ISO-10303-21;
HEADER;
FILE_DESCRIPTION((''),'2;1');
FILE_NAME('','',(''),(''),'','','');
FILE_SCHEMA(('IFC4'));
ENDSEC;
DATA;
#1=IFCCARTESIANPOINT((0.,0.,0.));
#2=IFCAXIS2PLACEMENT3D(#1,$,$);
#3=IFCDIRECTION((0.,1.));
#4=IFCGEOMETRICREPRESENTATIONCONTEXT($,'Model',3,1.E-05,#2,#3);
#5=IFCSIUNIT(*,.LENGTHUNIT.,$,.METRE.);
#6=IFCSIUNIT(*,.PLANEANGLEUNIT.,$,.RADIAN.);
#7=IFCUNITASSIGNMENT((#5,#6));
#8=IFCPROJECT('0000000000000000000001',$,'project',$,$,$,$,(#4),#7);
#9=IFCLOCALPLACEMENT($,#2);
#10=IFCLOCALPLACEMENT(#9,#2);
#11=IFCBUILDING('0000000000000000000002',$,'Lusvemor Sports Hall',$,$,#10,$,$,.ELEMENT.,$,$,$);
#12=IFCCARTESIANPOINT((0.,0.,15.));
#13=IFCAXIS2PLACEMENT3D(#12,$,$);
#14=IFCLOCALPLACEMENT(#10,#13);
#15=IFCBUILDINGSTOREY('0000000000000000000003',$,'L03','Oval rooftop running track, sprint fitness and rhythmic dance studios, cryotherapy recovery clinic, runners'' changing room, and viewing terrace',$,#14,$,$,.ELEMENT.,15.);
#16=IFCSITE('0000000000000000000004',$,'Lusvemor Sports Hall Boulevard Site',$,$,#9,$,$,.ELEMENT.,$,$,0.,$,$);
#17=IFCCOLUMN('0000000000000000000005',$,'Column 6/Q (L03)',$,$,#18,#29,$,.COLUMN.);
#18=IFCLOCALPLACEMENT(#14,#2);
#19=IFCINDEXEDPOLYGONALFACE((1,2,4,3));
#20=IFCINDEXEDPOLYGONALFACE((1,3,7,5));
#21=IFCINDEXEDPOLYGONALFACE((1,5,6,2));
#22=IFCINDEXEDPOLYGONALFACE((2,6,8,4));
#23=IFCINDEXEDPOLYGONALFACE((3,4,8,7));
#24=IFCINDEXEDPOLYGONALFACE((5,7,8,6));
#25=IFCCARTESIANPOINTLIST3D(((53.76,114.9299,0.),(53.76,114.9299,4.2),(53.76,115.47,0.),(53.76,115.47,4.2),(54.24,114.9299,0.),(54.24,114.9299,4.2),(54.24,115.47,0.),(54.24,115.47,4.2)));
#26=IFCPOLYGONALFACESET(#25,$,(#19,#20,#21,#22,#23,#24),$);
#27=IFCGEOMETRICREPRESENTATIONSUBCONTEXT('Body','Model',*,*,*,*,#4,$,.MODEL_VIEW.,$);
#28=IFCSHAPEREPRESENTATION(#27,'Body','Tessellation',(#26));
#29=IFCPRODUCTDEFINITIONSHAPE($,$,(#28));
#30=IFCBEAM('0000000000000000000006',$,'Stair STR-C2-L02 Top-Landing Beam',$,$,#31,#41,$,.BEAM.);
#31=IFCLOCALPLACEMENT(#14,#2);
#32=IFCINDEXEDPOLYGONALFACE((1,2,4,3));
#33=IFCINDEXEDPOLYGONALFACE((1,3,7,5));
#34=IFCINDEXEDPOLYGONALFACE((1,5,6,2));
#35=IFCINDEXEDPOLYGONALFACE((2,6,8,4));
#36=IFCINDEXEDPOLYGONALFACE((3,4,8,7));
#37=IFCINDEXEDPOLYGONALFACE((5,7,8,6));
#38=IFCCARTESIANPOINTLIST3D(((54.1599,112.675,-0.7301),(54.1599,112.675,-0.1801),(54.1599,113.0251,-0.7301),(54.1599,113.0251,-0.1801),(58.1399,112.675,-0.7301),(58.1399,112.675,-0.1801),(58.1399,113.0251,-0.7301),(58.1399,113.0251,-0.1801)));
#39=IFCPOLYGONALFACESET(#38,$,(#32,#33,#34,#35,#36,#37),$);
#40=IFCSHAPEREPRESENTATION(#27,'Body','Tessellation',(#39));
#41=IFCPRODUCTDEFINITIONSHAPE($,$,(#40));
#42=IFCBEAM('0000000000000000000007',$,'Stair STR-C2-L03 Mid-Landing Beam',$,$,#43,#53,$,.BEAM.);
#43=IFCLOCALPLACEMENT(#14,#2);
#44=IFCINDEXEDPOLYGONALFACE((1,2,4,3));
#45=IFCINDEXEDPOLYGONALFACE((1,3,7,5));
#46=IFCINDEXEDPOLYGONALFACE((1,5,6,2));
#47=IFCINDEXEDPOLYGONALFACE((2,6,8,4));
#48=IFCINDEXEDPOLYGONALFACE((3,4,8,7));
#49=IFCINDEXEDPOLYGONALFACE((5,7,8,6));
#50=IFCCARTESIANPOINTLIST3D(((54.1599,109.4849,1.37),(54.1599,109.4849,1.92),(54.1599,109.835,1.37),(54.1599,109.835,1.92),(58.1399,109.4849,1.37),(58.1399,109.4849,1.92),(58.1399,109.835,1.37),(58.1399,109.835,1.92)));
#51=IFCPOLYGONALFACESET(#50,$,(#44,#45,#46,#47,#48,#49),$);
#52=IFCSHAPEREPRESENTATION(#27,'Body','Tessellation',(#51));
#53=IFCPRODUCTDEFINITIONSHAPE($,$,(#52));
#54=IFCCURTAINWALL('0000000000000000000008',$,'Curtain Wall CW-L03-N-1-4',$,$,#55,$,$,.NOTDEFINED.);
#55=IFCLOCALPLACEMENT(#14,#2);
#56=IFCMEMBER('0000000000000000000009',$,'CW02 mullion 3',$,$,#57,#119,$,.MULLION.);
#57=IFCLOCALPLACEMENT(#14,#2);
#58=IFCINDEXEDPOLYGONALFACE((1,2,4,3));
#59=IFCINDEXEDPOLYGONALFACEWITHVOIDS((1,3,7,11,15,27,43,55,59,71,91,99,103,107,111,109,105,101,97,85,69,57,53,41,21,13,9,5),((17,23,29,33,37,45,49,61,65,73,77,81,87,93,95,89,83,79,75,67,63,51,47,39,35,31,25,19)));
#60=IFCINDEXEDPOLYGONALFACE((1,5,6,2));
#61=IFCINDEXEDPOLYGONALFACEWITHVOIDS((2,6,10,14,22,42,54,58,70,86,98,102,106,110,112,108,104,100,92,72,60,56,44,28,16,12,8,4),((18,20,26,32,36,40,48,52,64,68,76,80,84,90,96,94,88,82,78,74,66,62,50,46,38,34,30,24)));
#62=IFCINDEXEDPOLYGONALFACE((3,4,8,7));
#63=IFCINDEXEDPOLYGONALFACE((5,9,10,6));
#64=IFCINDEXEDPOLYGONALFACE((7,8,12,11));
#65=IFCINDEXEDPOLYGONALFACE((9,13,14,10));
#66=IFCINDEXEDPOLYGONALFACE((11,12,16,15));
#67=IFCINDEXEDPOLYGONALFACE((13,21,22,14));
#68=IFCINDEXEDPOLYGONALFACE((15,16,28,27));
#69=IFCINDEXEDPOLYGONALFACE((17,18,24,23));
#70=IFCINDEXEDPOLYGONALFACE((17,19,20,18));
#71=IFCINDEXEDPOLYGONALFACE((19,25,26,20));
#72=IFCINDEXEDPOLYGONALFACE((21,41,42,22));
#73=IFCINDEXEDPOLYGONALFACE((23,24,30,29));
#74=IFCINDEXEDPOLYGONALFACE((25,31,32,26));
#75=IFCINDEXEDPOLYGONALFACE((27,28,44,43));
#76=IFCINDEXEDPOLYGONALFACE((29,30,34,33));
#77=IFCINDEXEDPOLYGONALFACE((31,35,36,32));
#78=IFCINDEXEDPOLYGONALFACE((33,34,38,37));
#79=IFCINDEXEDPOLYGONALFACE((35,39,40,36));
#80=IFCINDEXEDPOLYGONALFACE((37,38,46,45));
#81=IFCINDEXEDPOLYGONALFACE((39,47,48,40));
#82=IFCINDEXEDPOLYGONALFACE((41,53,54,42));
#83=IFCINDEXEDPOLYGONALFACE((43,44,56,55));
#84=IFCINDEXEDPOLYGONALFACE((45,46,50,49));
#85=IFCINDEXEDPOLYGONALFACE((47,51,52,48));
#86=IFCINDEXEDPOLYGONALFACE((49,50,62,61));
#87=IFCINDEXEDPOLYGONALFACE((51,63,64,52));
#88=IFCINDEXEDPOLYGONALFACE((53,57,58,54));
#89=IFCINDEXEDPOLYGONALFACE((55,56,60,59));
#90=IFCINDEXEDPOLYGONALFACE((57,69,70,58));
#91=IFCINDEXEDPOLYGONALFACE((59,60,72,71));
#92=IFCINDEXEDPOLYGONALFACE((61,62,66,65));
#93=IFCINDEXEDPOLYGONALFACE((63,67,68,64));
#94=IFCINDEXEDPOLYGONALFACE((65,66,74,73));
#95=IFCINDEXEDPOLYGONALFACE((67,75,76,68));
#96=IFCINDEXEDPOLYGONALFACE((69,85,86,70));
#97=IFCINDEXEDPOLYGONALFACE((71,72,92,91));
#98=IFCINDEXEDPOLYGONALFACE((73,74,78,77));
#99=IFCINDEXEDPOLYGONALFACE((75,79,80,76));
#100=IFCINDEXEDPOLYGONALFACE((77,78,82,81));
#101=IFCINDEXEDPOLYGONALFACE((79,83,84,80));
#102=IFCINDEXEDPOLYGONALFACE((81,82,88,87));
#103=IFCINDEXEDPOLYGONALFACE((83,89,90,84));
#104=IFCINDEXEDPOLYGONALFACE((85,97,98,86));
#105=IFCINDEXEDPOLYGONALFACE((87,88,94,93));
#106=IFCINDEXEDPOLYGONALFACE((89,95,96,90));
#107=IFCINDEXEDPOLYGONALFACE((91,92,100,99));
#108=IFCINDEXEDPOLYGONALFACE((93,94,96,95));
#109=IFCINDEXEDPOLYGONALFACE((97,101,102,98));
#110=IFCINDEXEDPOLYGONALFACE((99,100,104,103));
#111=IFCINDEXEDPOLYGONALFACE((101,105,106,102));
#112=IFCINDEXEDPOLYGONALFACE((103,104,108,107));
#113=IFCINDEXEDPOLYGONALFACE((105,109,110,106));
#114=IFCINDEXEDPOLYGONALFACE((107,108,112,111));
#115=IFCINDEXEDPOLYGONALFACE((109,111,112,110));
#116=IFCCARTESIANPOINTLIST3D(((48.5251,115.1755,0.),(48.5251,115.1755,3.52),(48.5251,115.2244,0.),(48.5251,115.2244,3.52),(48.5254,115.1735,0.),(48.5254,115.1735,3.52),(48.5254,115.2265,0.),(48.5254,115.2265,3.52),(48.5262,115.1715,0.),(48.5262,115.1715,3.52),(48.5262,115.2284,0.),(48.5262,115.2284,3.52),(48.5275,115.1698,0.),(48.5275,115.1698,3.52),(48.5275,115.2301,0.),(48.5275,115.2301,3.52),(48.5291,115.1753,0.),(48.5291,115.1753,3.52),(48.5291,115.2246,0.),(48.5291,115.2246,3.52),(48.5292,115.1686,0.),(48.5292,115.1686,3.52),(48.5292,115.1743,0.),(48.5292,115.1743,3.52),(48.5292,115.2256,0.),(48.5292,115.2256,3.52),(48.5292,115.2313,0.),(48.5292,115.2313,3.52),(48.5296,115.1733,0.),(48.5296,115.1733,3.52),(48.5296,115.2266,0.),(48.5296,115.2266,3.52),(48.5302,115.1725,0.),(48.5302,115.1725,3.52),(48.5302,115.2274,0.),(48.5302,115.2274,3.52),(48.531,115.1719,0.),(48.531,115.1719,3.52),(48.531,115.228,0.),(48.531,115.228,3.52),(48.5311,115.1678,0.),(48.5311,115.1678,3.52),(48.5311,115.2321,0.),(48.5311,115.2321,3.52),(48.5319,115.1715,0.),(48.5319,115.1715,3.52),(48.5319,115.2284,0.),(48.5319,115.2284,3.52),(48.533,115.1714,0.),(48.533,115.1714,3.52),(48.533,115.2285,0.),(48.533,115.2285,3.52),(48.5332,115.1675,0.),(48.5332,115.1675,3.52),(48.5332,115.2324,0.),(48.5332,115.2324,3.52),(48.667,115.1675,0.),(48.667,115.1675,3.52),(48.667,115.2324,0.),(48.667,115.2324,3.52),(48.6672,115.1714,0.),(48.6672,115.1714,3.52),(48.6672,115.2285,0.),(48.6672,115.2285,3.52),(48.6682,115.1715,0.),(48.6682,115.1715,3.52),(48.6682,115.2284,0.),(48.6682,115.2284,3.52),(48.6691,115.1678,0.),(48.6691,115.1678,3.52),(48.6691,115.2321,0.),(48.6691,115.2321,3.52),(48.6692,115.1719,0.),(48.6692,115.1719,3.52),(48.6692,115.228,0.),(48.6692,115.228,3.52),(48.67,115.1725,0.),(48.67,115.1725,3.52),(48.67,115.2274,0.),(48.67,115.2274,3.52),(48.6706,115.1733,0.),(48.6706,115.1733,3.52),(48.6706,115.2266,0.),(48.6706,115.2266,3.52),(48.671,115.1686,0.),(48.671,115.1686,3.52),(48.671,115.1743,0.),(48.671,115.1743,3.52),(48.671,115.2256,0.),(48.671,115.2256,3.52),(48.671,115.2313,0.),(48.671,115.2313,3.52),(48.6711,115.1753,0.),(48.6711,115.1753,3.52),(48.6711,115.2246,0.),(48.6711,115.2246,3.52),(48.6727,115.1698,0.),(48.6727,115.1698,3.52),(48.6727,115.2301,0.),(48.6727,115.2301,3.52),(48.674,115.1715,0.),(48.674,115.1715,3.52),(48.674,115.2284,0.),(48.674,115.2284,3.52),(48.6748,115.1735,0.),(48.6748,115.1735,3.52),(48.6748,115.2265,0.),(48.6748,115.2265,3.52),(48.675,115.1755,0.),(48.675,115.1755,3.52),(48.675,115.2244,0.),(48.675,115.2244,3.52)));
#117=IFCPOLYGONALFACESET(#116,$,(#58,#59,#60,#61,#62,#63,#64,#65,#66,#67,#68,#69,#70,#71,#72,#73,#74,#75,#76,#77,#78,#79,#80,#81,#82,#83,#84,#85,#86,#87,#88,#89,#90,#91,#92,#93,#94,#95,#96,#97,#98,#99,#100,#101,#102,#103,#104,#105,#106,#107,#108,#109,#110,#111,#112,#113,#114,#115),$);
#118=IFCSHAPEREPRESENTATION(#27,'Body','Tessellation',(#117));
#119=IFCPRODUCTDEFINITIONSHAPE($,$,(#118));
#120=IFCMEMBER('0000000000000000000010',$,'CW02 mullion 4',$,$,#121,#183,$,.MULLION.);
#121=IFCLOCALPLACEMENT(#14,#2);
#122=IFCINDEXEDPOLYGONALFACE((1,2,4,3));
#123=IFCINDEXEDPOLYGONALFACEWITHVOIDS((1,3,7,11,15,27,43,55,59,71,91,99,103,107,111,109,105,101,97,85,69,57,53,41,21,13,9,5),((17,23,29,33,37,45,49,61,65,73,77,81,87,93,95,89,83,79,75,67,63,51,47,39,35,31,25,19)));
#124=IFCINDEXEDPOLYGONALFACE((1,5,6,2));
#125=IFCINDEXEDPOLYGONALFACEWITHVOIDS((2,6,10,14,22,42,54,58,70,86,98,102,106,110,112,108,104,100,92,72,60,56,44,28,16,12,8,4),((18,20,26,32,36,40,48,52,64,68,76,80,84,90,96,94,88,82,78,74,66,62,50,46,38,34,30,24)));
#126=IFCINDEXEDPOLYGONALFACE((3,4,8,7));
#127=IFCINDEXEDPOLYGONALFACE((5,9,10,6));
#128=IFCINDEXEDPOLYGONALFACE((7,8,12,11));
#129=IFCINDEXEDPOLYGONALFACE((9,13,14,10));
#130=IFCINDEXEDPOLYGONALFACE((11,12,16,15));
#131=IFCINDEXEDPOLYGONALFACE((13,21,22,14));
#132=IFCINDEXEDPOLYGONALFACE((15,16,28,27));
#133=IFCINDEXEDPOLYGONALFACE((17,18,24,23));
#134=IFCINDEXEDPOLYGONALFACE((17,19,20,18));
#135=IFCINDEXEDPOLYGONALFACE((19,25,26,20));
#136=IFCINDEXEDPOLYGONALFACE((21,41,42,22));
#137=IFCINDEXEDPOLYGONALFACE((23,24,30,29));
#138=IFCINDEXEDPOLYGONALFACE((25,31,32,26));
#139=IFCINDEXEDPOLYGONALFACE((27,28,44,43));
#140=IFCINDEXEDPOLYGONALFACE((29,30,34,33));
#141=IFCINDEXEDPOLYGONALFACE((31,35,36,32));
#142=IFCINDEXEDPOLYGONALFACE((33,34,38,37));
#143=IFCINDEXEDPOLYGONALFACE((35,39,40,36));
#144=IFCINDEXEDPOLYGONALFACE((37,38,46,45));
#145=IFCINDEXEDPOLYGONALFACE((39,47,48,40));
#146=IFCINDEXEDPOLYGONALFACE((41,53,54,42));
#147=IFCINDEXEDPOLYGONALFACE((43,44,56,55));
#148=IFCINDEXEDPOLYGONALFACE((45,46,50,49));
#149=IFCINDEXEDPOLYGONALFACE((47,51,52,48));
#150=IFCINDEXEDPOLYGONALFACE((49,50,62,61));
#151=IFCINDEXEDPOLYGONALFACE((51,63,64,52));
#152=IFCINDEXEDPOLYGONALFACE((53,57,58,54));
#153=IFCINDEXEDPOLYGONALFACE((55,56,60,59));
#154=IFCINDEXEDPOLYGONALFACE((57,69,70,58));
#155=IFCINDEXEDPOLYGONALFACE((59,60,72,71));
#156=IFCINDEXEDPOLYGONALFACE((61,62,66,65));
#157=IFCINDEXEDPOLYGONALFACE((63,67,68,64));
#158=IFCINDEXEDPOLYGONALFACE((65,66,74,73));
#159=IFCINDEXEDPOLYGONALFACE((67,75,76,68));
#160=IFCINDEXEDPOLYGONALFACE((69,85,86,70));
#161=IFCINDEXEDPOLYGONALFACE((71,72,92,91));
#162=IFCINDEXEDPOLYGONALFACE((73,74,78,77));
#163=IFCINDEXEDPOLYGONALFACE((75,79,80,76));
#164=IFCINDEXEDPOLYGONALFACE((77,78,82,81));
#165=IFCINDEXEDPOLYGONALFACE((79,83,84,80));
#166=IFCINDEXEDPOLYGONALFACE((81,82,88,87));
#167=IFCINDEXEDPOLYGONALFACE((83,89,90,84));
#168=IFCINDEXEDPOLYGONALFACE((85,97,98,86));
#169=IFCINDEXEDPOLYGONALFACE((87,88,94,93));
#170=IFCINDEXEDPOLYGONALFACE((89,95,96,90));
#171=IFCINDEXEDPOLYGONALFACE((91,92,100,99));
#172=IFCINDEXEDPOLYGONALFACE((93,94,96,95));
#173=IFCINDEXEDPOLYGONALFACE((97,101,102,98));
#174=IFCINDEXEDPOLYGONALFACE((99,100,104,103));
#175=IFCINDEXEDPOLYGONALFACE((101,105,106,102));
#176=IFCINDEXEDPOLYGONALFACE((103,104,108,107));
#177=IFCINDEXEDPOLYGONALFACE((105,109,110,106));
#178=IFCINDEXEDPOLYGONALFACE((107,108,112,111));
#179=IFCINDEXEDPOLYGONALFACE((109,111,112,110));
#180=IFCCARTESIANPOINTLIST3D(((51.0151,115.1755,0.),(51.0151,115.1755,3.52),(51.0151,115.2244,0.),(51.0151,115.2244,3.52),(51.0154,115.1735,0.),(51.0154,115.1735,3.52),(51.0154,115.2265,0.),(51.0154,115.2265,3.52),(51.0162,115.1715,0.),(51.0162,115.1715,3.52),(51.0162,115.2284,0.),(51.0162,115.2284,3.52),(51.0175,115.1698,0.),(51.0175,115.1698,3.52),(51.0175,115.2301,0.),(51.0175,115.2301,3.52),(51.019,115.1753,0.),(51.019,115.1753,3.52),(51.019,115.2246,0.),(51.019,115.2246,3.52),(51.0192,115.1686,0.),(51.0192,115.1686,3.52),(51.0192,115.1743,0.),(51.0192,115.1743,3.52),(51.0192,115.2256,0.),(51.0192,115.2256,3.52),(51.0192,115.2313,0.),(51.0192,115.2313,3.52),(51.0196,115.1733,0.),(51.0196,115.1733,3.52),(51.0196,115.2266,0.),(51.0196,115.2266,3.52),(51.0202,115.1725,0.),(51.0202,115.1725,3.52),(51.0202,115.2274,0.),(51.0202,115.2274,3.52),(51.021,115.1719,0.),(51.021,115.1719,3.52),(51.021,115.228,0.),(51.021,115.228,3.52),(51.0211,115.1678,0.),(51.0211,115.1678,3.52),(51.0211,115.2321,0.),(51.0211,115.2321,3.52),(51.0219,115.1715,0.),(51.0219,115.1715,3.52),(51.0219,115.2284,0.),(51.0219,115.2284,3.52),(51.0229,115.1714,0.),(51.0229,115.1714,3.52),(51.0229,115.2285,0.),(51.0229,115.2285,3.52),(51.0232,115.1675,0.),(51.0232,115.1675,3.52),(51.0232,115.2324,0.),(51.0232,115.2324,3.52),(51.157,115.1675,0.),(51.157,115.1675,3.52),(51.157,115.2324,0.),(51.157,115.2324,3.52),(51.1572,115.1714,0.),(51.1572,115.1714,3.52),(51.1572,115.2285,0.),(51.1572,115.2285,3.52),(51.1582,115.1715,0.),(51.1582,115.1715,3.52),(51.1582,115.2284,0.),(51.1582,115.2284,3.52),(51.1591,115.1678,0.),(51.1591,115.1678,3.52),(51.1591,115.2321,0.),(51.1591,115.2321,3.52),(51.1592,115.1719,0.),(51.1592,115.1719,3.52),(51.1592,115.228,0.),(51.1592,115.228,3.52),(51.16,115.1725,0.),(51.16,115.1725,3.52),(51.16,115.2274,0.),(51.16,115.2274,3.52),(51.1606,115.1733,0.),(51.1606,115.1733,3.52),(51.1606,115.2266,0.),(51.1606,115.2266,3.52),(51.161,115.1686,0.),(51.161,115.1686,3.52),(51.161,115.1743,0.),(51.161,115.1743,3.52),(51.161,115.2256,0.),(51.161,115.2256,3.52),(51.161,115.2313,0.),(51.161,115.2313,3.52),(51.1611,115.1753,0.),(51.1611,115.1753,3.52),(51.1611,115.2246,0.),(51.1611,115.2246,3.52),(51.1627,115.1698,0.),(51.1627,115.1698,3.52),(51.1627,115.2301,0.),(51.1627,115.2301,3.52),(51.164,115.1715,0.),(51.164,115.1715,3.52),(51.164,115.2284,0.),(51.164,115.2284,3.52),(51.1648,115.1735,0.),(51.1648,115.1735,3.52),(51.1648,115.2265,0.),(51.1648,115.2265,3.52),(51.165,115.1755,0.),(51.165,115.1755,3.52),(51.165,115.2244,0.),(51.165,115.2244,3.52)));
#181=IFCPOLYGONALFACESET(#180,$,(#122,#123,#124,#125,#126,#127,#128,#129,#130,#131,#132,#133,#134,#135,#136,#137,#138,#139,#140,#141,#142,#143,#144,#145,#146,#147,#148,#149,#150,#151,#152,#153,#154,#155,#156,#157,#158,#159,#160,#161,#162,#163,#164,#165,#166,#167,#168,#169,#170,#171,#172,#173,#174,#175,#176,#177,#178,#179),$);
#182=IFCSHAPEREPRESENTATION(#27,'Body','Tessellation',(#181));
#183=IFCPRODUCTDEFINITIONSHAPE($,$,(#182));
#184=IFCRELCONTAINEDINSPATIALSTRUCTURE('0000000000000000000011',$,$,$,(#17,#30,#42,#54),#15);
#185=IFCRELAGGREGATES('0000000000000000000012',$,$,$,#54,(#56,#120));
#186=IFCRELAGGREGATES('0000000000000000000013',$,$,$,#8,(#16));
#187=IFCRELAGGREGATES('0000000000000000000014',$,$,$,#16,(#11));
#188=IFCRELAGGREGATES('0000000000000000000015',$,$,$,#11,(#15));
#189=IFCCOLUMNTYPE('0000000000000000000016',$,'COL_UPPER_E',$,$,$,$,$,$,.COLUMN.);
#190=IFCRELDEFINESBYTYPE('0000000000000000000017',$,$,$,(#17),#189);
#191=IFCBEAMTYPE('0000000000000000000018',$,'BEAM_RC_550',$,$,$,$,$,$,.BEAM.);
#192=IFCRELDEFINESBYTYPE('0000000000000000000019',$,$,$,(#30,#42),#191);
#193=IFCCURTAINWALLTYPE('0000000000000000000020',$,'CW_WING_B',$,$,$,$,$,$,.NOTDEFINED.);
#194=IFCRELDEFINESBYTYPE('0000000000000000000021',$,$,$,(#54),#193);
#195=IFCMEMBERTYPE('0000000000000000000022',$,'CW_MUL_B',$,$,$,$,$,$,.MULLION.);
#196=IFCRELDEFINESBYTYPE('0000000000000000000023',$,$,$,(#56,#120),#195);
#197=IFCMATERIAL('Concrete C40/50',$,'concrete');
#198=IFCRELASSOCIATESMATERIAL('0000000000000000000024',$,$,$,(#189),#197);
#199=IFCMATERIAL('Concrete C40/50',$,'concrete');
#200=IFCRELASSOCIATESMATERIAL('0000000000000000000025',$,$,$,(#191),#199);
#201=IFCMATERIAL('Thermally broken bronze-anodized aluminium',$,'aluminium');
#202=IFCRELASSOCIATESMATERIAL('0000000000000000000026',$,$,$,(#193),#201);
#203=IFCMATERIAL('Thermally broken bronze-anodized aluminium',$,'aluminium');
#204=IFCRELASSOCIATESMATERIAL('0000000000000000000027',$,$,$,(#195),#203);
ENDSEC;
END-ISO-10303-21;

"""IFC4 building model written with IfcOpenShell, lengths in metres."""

from ifc_helpers import new_model, si_unit, direction, frame, origin, origin_2d, place, context, subcontext, project, spatial, rectangle, hollow_rectangle, extrude, material, material_profile, profile_set, type_object, element, aggregate, save


model = new_model("IFC4")

# Units and contexts
model_context = context("Model", 3, precision=1e-05, world=origin(), true_north=direction((0.0, 1.0)))
body_context = subcontext(model_context, "Body", "Model", "MODEL_VIEW")
ifc_project = project(units=[si_unit("LENGTHUNIT", "METRE"), si_unit("PLANEANGLEUNIT", "RADIAN")], contexts=[model_context])

# Site, building, storey
site_placement = place(None, origin())
site = spatial("IfcSite", under=ifc_project, at=site_placement, Name="Lusvemor Sports Hall Boulevard Site", CompositionType="ELEMENT", RefElevation=0.0)
building_placement = place(site_placement, origin())
building = spatial("IfcBuilding", under=site, at=building_placement, Name="Lusvemor Sports Hall", CompositionType="ELEMENT")
storey_placement = place(building_placement, frame((0.0, 0.0, 15.0)))
storey = spatial("IfcBuildingStorey", under=building, at=storey_placement, Name="L03", Description="Oval rooftop running track, sprint fitness and rhythmic dance studios, cryotherapy recovery clinic, runners' changing room, and viewing terrace", CompositionType="ELEMENT", Elevation=15.0)

# Column
ifc_material_1 = material(Name="Concrete C40/50", Category="concrete")
ifc_material_profile_1 = material_profile(ifc_material_1, rectangle(XDim=0.48, YDim=0.54, at=origin_2d()), Name="RC480x540")
ifc_profile_set_1 = profile_set([ifc_material_profile_1], Name="Concrete C40/50")
column_type = type_object("IfcColumnType", Name="COL_UPPER_E", PredefinedType="COLUMN", material=ifc_profile_set_1)
column_placement = place(storey_placement, frame((54.0, 115.2, 0.0), z_axis=(0.0, 0.0, 1.0), x_axis=(1.0, 0.0, 0.0)))
element("IfcColumn", 1, at=column_placement, inside=storey, type_object=column_type, Name="Column 6/Q (L03)", PredefinedType="COLUMN", context=body_context, shape_type="SweptSolid", body=[
    extrude(rectangle(XDim=0.48, YDim=0.54, at=origin_2d()), origin(), (0.0, 0.0, 1.0), 4.2),
])

# Beams
ifc_material_2 = material(Name="Concrete C40/50", Category="concrete")
ifc_material_profile_2 = material_profile(ifc_material_2, rectangle(XDim=0.3501, YDim=0.55, at=origin_2d()), Name="RC350x550")
ifc_profile_set_2 = profile_set([ifc_material_profile_2], Name="Concrete C40/50")
beam_type_1 = type_object("IfcBeamType", Name="BEAM_RC_550", PredefinedType="BEAM", material=ifc_profile_set_2)
for number, where, z_axis, x_axis, name in (
    (2, (54.1599, 112.8501, -0.4551), (1.0, 0.0, 0.0), (0.0, 1.0, 0.0), "Stair STR-C2-L02 Top-Landing Beam"),
    (3, (54.1599, 109.6599, 1.645), (1.0, 0.0, 0.0), (0.0, 1.0, 0.0), "Stair STR-C2-L03 Mid-Landing Beam"),
):
    element("IfcBeam", number, at=place(storey_placement, frame(where, z_axis=z_axis, x_axis=x_axis)), inside=storey, type_object=beam_type_1, Name=name, PredefinedType="BEAM", context=body_context, shape_type="SweptSolid", body=[
        extrude(rectangle(XDim=0.3501, YDim=0.55, at=origin_2d()), origin(), (0.0, 0.0, 1.0), 3.98),
    ])

# Curtain wall, members
ifc_material_3 = material(Name="Thermally broken bronze-anodized aluminium", Category="aluminium")
curtain_wall_type = type_object("IfcCurtainWallType", Name="CW_WING_B", PredefinedType="NOTDEFINED", material=ifc_material_3)
curtain_wall_placement = place(storey_placement, origin())
curtain_wall = element("IfcCurtainWall", 4, at=curtain_wall_placement, inside=storey, type_object=curtain_wall_type, Name="Curtain Wall CW-L03-N-1-4", PredefinedType="NOTDEFINED")
ifc_material_4 = material(Name="Thermally broken bronze-anodized aluminium", Category="aluminium")
ifc_material_profile_3 = material_profile(ifc_material_4, hollow_rectangle(XDim=0.0649, YDim=0.1499, WallThickness=0.0039, InnerFilletRadius=0.0039, OuterFilletRadius=0.0081, at=origin_2d()), Name="CWMUL150x65x4")
ifc_profile_set_3 = profile_set([ifc_material_profile_3], Name="Thermally broken bronze-anodized aluminium")
member_type_1 = type_object("IfcMemberType", Name="CW_MUL_B", PredefinedType="MULLION", material=ifc_profile_set_3)
member_1_placement = place(storey_placement, frame((48.6001, 115.2, 0.0), z_axis=(0.0, 0.0, 1.0), x_axis=(0.0, 1.0, 0.0)))
member_1 = element("IfcMember", 5, at=member_1_placement, type_object=member_type_1, Name="CW02 mullion 3", PredefinedType="MULLION", context=body_context, shape_type="SweptSolid", body=[
    extrude(hollow_rectangle(XDim=0.0649, YDim=0.1499, WallThickness=0.0039, InnerFilletRadius=0.0039, OuterFilletRadius=0.0081, at=origin_2d()), origin(), (0.0, 0.0, 1.0), 3.52),
])
member_2_placement = place(storey_placement, frame((51.0901, 115.2, 0.0), z_axis=(0.0, 0.0, 1.0), x_axis=(0.0, 1.0, 0.0)))
member_2 = element("IfcMember", 6, at=member_2_placement, type_object=member_type_1, Name="CW02 mullion 4", PredefinedType="MULLION", context=body_context, shape_type="SweptSolid", body=[
    extrude(hollow_rectangle(XDim=0.0649, YDim=0.1499, WallThickness=0.0039, InnerFilletRadius=0.0039, OuterFilletRadius=0.0081, at=origin_2d()), origin(), (0.0, 0.0, 1.0), 3.52),
])

aggregate(curtain_wall, [member_1, member_2])

save(model, "model.ifc")
